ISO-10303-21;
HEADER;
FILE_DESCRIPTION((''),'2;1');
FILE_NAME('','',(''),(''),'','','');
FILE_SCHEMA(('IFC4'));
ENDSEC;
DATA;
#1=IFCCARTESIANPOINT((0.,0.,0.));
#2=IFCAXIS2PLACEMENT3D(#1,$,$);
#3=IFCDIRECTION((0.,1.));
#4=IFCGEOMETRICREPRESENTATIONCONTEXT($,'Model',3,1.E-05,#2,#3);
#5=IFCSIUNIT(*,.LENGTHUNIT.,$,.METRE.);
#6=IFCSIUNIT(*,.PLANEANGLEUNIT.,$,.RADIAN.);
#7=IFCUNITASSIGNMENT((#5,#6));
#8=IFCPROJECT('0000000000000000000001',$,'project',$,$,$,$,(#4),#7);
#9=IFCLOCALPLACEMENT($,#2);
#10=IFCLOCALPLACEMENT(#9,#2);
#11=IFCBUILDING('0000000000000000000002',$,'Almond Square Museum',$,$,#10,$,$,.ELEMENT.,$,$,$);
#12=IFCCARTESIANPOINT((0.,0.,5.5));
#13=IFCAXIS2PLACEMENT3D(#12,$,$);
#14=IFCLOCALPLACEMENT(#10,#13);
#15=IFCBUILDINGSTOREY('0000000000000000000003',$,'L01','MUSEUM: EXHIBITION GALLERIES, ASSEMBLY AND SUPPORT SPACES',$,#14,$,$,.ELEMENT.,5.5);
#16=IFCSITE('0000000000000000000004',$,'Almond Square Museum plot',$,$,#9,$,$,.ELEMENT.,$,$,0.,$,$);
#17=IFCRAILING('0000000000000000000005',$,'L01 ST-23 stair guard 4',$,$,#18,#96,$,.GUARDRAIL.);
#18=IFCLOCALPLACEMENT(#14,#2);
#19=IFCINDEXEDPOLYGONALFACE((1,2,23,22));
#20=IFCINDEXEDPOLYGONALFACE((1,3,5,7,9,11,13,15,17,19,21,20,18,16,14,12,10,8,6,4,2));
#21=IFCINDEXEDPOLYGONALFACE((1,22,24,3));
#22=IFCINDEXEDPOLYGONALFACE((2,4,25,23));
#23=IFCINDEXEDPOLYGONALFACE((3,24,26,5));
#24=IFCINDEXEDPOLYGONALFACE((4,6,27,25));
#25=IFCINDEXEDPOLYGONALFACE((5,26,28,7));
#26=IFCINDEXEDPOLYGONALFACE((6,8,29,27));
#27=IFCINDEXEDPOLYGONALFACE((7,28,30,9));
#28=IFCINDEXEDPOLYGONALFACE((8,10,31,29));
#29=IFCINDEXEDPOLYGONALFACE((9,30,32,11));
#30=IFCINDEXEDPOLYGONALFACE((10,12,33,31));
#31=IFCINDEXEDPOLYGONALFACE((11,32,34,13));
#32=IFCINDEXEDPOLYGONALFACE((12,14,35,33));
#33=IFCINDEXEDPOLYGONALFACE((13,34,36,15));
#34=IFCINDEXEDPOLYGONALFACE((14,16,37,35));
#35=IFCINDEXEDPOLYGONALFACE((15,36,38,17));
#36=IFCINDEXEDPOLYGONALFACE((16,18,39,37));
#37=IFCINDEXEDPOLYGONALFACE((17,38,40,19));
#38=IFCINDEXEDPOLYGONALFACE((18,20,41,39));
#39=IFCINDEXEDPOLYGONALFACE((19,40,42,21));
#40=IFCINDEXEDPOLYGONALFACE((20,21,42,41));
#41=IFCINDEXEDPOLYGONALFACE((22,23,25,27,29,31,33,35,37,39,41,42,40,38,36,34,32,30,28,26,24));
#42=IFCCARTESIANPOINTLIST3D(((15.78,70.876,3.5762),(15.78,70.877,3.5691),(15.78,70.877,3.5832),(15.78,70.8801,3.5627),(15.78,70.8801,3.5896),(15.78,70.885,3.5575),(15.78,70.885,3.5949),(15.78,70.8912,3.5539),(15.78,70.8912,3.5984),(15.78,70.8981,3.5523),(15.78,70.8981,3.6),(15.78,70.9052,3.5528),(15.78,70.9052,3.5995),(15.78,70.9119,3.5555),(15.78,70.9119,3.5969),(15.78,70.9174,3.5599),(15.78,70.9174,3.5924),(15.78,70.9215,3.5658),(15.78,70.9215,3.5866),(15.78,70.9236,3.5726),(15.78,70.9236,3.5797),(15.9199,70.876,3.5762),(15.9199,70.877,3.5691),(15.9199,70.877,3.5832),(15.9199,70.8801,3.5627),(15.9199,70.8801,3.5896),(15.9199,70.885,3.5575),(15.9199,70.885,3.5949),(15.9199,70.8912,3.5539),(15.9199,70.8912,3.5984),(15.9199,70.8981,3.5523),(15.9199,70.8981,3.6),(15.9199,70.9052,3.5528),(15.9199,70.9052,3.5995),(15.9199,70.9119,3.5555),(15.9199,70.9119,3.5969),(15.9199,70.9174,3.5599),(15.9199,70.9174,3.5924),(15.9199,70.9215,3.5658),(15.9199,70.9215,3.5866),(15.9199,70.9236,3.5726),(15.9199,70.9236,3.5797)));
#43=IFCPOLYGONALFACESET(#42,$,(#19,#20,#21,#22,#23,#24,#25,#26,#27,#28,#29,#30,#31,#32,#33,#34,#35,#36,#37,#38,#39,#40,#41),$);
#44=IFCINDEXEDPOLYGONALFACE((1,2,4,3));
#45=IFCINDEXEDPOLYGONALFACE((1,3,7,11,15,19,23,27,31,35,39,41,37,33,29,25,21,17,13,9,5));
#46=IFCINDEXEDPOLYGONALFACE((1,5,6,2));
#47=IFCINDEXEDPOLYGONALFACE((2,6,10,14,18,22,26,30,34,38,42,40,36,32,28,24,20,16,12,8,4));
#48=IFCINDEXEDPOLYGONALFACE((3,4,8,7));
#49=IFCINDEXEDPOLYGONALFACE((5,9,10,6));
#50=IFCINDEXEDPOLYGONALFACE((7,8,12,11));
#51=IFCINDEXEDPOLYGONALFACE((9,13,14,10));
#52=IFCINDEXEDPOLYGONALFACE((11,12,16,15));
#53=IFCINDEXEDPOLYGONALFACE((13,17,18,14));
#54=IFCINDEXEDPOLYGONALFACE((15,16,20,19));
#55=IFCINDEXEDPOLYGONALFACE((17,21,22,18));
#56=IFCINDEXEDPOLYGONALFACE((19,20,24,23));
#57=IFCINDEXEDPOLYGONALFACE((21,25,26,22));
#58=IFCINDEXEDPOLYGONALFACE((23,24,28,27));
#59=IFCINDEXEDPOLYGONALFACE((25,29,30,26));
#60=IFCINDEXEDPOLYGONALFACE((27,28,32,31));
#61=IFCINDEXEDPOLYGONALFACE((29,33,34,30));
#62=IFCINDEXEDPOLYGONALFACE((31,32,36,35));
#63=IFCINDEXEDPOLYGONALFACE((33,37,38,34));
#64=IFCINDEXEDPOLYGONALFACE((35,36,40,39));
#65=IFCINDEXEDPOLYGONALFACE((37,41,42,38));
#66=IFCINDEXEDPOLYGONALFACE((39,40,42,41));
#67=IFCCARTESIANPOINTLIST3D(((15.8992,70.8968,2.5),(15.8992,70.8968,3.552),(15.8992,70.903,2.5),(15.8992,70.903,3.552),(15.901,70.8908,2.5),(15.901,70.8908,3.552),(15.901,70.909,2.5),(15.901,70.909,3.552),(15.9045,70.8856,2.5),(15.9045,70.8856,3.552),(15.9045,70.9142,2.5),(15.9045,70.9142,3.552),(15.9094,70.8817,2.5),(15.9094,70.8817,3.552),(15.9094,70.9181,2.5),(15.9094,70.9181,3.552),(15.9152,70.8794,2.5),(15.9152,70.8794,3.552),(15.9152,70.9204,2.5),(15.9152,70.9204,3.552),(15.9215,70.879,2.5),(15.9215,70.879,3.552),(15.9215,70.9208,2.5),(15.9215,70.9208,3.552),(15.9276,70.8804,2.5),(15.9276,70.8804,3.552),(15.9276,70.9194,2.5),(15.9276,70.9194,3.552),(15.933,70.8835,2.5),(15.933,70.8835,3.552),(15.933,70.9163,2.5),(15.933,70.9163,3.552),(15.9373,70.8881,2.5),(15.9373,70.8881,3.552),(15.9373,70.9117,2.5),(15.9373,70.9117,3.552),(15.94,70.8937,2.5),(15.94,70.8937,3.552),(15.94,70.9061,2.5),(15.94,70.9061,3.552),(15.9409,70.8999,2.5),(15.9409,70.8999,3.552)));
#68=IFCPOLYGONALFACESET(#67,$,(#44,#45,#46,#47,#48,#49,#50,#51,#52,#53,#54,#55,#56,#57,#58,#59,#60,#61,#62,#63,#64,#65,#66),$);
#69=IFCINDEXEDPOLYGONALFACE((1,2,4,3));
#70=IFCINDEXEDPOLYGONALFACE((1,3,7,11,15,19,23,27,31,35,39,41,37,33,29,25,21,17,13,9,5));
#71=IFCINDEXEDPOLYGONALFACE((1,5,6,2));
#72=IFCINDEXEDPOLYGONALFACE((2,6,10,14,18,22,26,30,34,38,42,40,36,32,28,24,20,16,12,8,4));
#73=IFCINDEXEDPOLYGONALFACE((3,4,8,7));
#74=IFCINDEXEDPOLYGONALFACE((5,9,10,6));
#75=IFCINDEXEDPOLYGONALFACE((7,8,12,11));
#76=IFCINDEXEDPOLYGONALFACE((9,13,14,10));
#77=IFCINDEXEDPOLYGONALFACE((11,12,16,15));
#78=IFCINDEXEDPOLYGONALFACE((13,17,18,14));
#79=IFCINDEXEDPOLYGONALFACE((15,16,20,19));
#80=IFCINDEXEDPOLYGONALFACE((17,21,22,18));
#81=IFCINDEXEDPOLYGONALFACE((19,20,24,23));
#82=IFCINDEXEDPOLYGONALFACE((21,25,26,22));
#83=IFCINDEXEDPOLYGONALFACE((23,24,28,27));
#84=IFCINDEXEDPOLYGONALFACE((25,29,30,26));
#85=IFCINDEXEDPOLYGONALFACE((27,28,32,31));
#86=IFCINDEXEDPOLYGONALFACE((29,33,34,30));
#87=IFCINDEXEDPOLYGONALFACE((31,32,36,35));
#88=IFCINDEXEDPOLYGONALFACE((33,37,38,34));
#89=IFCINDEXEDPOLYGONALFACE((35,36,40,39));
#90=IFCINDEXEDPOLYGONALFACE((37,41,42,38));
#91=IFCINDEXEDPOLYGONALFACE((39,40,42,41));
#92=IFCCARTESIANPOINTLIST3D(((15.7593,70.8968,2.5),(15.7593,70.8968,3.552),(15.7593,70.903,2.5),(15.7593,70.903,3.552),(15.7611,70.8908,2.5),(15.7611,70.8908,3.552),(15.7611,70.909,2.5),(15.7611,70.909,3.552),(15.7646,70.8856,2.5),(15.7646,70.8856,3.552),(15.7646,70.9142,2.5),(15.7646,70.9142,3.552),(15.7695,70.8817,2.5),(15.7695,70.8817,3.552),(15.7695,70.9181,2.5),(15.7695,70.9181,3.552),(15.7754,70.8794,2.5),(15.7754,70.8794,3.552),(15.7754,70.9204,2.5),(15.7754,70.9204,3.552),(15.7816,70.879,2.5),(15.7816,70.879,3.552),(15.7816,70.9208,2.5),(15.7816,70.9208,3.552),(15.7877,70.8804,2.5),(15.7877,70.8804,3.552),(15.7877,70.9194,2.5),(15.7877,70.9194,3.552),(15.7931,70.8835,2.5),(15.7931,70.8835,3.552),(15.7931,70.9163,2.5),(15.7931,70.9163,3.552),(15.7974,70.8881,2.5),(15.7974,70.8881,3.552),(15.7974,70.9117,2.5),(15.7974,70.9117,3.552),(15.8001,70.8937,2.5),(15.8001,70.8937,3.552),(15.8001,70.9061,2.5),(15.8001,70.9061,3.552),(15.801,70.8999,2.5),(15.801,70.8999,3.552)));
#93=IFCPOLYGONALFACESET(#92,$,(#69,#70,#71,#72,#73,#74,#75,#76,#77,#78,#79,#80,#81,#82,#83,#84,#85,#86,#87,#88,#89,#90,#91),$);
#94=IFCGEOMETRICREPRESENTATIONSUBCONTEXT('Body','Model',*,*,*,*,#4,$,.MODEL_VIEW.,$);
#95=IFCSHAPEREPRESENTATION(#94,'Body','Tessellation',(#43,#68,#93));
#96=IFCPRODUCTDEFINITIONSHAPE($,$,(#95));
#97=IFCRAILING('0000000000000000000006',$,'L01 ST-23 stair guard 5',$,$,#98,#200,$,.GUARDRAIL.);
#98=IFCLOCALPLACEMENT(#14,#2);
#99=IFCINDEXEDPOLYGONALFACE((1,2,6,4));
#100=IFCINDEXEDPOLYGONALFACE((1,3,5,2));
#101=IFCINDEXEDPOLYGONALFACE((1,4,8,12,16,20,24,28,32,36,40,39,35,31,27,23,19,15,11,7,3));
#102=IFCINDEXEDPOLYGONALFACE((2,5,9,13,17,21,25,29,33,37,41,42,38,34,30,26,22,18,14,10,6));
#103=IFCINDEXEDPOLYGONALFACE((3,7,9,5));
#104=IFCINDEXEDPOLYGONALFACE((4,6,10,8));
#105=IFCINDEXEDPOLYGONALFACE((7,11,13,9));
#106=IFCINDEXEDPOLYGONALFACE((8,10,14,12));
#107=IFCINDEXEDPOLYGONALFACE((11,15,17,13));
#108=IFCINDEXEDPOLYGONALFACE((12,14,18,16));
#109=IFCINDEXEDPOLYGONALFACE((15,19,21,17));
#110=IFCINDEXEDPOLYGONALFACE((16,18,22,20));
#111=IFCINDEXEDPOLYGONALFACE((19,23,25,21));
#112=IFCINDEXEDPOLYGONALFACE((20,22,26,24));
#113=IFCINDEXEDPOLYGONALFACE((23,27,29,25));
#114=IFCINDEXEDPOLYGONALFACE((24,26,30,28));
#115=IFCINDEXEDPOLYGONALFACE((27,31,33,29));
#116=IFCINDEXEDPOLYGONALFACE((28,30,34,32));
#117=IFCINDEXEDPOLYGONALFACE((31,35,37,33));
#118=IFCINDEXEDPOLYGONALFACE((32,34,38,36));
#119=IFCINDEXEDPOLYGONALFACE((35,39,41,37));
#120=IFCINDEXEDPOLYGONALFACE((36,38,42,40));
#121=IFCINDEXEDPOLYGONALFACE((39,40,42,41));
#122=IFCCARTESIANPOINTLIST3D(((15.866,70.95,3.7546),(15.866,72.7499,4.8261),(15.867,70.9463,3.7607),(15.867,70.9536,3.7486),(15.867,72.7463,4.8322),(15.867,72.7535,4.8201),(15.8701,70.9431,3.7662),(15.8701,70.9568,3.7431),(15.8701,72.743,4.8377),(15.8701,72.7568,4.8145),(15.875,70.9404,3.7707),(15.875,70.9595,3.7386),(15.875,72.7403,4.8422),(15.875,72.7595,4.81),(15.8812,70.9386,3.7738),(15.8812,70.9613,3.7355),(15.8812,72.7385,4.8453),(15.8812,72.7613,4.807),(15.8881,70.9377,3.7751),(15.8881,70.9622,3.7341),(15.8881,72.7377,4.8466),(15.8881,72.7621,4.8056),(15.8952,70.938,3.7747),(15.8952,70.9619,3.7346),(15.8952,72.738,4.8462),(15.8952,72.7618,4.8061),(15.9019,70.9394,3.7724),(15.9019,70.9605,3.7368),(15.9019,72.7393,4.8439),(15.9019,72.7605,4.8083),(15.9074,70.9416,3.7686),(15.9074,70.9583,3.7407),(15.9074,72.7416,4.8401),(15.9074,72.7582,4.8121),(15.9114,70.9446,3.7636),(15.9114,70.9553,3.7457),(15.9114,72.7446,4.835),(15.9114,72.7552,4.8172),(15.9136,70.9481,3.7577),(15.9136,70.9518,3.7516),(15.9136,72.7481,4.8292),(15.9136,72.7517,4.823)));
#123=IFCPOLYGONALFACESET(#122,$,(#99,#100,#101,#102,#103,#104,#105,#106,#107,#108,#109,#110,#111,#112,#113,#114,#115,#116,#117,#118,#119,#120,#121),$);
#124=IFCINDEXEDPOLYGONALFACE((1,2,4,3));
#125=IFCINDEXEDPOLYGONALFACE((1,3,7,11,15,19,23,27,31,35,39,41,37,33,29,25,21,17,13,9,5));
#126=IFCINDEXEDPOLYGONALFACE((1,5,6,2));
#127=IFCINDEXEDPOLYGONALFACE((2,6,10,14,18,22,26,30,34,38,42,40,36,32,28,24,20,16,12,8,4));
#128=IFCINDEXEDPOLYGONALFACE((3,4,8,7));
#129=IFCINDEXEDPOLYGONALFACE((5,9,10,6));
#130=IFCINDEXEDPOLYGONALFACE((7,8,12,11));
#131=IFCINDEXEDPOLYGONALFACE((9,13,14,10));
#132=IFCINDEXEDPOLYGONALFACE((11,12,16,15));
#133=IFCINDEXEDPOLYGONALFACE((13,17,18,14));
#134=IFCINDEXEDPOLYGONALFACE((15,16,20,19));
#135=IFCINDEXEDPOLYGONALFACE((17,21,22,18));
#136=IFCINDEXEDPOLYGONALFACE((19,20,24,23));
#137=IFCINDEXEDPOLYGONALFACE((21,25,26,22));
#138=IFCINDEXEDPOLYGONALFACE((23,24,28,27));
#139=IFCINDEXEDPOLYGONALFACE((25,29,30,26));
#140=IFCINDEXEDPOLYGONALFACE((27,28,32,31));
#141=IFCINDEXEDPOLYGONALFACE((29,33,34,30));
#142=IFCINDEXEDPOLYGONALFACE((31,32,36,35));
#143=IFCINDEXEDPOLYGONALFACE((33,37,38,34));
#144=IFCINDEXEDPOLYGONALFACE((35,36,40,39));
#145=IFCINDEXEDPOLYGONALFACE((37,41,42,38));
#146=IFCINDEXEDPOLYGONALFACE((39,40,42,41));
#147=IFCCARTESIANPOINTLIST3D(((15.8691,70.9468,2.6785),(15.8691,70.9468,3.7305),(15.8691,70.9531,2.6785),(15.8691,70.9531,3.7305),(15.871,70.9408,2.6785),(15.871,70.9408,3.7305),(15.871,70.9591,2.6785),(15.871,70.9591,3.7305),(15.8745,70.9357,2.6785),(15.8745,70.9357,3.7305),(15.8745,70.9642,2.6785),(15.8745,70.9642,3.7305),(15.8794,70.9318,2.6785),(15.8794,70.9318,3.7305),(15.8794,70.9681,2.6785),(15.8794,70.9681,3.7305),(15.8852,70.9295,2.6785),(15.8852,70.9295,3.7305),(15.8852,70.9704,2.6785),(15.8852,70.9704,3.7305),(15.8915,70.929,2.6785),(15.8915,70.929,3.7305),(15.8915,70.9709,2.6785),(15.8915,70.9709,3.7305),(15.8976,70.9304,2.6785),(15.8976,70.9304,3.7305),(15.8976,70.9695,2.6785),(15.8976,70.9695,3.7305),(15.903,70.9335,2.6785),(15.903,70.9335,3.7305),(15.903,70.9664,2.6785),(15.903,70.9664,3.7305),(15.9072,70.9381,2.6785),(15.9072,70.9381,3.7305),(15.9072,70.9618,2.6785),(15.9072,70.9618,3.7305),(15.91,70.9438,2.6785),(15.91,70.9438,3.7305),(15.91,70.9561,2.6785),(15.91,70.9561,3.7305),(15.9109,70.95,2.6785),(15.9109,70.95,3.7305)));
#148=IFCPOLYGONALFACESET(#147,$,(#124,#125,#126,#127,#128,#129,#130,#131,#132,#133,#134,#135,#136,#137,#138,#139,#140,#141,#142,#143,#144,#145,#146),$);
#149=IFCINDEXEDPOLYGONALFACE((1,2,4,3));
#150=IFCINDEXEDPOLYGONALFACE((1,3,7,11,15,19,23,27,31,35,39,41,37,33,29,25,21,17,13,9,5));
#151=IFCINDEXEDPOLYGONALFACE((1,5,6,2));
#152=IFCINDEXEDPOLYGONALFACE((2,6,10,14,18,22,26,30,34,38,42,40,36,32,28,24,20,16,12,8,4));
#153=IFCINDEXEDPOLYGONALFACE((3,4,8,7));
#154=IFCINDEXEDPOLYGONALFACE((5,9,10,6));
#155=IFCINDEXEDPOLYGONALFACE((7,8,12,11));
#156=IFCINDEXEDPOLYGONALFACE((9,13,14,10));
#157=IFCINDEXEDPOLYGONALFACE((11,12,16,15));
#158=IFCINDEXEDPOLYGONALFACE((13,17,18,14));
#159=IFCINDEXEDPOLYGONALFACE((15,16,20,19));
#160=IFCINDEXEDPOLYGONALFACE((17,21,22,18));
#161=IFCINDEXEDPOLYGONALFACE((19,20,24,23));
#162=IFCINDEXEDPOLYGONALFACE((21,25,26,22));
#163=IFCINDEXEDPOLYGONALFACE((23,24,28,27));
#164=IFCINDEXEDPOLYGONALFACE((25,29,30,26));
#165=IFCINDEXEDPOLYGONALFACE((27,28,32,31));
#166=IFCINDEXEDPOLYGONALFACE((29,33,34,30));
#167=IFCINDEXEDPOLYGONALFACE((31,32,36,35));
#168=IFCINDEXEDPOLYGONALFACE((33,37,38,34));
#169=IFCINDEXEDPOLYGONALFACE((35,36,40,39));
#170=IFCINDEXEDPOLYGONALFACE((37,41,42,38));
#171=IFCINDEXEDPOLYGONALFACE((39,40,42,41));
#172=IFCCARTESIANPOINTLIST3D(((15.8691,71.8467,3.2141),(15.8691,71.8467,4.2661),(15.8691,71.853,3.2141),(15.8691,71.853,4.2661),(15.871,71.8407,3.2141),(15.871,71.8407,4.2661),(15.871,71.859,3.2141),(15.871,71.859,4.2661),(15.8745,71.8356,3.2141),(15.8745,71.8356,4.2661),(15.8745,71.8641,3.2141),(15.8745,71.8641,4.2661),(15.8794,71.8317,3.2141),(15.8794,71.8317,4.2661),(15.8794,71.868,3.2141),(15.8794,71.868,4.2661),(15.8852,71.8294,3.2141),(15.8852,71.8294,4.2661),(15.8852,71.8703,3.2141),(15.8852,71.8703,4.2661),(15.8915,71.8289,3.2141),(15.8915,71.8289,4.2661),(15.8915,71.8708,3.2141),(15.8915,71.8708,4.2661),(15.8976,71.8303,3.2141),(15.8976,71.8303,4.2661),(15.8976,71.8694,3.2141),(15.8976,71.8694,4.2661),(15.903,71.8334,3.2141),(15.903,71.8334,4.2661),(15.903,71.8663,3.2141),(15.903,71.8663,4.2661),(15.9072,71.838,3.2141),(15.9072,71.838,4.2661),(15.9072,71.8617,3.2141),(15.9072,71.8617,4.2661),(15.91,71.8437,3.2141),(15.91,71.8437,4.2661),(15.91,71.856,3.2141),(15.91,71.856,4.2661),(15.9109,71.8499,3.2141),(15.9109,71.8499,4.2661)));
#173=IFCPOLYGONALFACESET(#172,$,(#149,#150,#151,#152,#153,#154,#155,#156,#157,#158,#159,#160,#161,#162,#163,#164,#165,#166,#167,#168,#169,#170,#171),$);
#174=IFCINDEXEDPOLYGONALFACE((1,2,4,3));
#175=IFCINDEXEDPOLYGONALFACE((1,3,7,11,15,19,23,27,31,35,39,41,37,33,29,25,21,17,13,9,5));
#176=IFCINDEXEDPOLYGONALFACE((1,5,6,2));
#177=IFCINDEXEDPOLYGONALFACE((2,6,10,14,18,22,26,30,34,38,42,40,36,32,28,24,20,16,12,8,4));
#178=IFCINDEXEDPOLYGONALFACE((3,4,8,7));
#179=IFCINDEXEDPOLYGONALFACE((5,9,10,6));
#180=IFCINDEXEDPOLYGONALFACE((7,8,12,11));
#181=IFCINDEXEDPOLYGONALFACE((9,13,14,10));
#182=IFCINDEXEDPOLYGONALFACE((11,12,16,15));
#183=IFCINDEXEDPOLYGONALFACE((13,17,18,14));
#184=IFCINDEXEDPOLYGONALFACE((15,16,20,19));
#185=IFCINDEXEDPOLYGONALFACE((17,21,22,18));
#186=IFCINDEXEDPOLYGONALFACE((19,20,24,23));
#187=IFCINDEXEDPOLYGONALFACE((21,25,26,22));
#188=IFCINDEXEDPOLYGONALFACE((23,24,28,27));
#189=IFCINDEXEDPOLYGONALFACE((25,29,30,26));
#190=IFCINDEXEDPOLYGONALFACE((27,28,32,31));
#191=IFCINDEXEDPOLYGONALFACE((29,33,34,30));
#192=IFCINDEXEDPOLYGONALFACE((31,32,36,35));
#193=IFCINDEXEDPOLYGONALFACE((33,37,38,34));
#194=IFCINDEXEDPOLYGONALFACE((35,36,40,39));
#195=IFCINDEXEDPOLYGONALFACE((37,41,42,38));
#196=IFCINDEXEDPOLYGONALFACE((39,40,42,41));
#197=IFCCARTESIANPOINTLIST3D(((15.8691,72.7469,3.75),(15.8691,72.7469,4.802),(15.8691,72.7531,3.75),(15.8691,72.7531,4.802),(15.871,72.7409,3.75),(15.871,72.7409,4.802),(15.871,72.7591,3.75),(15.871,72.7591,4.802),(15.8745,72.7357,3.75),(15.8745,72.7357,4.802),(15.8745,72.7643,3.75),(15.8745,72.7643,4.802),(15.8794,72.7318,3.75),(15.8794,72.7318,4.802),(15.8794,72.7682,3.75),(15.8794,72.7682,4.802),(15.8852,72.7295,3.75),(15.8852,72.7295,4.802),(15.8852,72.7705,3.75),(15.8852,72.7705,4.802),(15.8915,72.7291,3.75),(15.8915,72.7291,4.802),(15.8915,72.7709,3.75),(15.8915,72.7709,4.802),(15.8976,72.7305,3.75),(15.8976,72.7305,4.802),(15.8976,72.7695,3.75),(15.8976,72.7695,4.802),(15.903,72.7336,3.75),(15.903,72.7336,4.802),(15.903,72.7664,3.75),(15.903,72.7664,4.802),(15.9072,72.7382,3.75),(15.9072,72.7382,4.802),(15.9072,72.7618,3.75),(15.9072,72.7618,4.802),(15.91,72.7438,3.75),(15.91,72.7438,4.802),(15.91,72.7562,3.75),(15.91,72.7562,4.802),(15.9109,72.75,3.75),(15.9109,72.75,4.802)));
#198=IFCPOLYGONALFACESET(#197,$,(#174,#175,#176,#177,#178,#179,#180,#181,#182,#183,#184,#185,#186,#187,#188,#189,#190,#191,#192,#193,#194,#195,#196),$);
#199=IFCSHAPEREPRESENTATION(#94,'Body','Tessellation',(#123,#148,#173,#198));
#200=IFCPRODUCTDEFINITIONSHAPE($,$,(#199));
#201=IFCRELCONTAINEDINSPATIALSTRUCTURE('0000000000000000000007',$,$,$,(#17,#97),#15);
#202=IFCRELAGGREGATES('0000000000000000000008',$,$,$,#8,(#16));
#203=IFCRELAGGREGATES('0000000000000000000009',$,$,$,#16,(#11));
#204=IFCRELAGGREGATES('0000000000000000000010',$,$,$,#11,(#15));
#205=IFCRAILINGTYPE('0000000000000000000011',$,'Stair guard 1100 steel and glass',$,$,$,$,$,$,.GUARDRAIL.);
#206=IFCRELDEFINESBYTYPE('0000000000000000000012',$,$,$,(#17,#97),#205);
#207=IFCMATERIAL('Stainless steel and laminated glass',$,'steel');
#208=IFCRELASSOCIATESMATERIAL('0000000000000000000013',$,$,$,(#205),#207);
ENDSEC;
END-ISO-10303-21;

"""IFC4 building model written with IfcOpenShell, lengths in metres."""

from ifc_helpers import new_model, si_unit, direction, frame, origin, origin_2d, place, context, subcontext, project, spatial, circle, extrude, material, type_object, element, save


model = new_model("IFC4")

# Units and contexts
model_context = context("Model", 3, precision=1e-05, world=origin(), true_north=direction((0.0, 1.0)))
body_context = subcontext(model_context, "Body", "Model", "MODEL_VIEW")
ifc_project = project(units=[si_unit("LENGTHUNIT", "METRE"), si_unit("PLANEANGLEUNIT", "RADIAN")], contexts=[model_context])

# Site, building, storey
site_placement = place(None, origin())
site = spatial("IfcSite", under=ifc_project, at=site_placement, Name="Almond Square Museum plot", CompositionType="ELEMENT", RefElevation=0.0)
building_placement = place(site_placement, origin())
building = spatial("IfcBuilding", under=site, at=building_placement, Name="Almond Square Museum", CompositionType="ELEMENT")
storey_placement = place(building_placement, frame((0.0, 0.0, 5.5)))
storey = spatial("IfcBuildingStorey", under=building, at=storey_placement, Name="L01", Description="MUSEUM: EXHIBITION GALLERIES, ASSEMBLY AND SUPPORT SPACES", CompositionType="ELEMENT", Elevation=5.5)

# Railings
ifc_material_1 = material(Name="Stainless steel and laminated glass", Category="steel")
railing_type_1 = type_object("IfcRailingType", Name="Stair guard 1100 steel and glass", PredefinedType="GUARDRAIL", material=ifc_material_1)
railing_1_placement = place(storey_placement, frame((15.9199, 70.8999, 2.5)))
element("IfcRailing", 1, at=railing_1_placement, inside=storey, type_object=railing_type_1, Name="L01 ST-23 stair guard 4", PredefinedType="GUARDRAIL", context=body_context, shape_type="SweptSolid", body=[
    extrude(circle(Radius=0.0239, at=origin_2d()), frame((0.0, 0.0, 1.0762), z_axis=(-1.0, 0.0, 0.0), x_axis=(0.0, -1.0, 0.0)), (0.0, 0.0, 1.0), 0.1399),
    extrude(circle(Radius=0.021, at=origin_2d()), origin(), (0.0, 0.0, 1.0), 1.052),
    extrude(circle(Radius=0.021, at=origin_2d()), frame((-0.1399, 0.0, 0.0)), (0.0, 0.0, 1.0), 1.052),
])
railing_2_placement = place(storey_placement, frame((15.8899, 70.95, 2.6785)))
element("IfcRailing", 2, at=railing_2_placement, inside=storey, type_object=railing_type_1, Name="L01 ST-23 stair guard 5", PredefinedType="GUARDRAIL", context=body_context, shape_type="SweptSolid", body=[
    extrude(circle(Radius=0.0239, at=origin_2d()), frame((0.0, 0.0, 1.0762), z_axis=(0.0, 0.859277, 0.51151), x_axis=(-1.0, 0.0, 0.0)), (0.0, 0.0, 1.0), 2.0947),
    extrude(circle(Radius=0.021, at=origin_2d()), origin(), (0.0, 0.0, 1.0), 1.052),
    extrude(circle(Radius=0.021, at=origin_2d()), frame((0.0, 0.8999, 0.5356)), (0.0, 0.0, 1.0), 1.052),
    extrude(circle(Radius=0.021, at=origin_2d()), frame((0.0, 1.8, 1.0715)), (0.0, 0.0, 1.0), 1.052),
])

save(model, "model.ifc")
